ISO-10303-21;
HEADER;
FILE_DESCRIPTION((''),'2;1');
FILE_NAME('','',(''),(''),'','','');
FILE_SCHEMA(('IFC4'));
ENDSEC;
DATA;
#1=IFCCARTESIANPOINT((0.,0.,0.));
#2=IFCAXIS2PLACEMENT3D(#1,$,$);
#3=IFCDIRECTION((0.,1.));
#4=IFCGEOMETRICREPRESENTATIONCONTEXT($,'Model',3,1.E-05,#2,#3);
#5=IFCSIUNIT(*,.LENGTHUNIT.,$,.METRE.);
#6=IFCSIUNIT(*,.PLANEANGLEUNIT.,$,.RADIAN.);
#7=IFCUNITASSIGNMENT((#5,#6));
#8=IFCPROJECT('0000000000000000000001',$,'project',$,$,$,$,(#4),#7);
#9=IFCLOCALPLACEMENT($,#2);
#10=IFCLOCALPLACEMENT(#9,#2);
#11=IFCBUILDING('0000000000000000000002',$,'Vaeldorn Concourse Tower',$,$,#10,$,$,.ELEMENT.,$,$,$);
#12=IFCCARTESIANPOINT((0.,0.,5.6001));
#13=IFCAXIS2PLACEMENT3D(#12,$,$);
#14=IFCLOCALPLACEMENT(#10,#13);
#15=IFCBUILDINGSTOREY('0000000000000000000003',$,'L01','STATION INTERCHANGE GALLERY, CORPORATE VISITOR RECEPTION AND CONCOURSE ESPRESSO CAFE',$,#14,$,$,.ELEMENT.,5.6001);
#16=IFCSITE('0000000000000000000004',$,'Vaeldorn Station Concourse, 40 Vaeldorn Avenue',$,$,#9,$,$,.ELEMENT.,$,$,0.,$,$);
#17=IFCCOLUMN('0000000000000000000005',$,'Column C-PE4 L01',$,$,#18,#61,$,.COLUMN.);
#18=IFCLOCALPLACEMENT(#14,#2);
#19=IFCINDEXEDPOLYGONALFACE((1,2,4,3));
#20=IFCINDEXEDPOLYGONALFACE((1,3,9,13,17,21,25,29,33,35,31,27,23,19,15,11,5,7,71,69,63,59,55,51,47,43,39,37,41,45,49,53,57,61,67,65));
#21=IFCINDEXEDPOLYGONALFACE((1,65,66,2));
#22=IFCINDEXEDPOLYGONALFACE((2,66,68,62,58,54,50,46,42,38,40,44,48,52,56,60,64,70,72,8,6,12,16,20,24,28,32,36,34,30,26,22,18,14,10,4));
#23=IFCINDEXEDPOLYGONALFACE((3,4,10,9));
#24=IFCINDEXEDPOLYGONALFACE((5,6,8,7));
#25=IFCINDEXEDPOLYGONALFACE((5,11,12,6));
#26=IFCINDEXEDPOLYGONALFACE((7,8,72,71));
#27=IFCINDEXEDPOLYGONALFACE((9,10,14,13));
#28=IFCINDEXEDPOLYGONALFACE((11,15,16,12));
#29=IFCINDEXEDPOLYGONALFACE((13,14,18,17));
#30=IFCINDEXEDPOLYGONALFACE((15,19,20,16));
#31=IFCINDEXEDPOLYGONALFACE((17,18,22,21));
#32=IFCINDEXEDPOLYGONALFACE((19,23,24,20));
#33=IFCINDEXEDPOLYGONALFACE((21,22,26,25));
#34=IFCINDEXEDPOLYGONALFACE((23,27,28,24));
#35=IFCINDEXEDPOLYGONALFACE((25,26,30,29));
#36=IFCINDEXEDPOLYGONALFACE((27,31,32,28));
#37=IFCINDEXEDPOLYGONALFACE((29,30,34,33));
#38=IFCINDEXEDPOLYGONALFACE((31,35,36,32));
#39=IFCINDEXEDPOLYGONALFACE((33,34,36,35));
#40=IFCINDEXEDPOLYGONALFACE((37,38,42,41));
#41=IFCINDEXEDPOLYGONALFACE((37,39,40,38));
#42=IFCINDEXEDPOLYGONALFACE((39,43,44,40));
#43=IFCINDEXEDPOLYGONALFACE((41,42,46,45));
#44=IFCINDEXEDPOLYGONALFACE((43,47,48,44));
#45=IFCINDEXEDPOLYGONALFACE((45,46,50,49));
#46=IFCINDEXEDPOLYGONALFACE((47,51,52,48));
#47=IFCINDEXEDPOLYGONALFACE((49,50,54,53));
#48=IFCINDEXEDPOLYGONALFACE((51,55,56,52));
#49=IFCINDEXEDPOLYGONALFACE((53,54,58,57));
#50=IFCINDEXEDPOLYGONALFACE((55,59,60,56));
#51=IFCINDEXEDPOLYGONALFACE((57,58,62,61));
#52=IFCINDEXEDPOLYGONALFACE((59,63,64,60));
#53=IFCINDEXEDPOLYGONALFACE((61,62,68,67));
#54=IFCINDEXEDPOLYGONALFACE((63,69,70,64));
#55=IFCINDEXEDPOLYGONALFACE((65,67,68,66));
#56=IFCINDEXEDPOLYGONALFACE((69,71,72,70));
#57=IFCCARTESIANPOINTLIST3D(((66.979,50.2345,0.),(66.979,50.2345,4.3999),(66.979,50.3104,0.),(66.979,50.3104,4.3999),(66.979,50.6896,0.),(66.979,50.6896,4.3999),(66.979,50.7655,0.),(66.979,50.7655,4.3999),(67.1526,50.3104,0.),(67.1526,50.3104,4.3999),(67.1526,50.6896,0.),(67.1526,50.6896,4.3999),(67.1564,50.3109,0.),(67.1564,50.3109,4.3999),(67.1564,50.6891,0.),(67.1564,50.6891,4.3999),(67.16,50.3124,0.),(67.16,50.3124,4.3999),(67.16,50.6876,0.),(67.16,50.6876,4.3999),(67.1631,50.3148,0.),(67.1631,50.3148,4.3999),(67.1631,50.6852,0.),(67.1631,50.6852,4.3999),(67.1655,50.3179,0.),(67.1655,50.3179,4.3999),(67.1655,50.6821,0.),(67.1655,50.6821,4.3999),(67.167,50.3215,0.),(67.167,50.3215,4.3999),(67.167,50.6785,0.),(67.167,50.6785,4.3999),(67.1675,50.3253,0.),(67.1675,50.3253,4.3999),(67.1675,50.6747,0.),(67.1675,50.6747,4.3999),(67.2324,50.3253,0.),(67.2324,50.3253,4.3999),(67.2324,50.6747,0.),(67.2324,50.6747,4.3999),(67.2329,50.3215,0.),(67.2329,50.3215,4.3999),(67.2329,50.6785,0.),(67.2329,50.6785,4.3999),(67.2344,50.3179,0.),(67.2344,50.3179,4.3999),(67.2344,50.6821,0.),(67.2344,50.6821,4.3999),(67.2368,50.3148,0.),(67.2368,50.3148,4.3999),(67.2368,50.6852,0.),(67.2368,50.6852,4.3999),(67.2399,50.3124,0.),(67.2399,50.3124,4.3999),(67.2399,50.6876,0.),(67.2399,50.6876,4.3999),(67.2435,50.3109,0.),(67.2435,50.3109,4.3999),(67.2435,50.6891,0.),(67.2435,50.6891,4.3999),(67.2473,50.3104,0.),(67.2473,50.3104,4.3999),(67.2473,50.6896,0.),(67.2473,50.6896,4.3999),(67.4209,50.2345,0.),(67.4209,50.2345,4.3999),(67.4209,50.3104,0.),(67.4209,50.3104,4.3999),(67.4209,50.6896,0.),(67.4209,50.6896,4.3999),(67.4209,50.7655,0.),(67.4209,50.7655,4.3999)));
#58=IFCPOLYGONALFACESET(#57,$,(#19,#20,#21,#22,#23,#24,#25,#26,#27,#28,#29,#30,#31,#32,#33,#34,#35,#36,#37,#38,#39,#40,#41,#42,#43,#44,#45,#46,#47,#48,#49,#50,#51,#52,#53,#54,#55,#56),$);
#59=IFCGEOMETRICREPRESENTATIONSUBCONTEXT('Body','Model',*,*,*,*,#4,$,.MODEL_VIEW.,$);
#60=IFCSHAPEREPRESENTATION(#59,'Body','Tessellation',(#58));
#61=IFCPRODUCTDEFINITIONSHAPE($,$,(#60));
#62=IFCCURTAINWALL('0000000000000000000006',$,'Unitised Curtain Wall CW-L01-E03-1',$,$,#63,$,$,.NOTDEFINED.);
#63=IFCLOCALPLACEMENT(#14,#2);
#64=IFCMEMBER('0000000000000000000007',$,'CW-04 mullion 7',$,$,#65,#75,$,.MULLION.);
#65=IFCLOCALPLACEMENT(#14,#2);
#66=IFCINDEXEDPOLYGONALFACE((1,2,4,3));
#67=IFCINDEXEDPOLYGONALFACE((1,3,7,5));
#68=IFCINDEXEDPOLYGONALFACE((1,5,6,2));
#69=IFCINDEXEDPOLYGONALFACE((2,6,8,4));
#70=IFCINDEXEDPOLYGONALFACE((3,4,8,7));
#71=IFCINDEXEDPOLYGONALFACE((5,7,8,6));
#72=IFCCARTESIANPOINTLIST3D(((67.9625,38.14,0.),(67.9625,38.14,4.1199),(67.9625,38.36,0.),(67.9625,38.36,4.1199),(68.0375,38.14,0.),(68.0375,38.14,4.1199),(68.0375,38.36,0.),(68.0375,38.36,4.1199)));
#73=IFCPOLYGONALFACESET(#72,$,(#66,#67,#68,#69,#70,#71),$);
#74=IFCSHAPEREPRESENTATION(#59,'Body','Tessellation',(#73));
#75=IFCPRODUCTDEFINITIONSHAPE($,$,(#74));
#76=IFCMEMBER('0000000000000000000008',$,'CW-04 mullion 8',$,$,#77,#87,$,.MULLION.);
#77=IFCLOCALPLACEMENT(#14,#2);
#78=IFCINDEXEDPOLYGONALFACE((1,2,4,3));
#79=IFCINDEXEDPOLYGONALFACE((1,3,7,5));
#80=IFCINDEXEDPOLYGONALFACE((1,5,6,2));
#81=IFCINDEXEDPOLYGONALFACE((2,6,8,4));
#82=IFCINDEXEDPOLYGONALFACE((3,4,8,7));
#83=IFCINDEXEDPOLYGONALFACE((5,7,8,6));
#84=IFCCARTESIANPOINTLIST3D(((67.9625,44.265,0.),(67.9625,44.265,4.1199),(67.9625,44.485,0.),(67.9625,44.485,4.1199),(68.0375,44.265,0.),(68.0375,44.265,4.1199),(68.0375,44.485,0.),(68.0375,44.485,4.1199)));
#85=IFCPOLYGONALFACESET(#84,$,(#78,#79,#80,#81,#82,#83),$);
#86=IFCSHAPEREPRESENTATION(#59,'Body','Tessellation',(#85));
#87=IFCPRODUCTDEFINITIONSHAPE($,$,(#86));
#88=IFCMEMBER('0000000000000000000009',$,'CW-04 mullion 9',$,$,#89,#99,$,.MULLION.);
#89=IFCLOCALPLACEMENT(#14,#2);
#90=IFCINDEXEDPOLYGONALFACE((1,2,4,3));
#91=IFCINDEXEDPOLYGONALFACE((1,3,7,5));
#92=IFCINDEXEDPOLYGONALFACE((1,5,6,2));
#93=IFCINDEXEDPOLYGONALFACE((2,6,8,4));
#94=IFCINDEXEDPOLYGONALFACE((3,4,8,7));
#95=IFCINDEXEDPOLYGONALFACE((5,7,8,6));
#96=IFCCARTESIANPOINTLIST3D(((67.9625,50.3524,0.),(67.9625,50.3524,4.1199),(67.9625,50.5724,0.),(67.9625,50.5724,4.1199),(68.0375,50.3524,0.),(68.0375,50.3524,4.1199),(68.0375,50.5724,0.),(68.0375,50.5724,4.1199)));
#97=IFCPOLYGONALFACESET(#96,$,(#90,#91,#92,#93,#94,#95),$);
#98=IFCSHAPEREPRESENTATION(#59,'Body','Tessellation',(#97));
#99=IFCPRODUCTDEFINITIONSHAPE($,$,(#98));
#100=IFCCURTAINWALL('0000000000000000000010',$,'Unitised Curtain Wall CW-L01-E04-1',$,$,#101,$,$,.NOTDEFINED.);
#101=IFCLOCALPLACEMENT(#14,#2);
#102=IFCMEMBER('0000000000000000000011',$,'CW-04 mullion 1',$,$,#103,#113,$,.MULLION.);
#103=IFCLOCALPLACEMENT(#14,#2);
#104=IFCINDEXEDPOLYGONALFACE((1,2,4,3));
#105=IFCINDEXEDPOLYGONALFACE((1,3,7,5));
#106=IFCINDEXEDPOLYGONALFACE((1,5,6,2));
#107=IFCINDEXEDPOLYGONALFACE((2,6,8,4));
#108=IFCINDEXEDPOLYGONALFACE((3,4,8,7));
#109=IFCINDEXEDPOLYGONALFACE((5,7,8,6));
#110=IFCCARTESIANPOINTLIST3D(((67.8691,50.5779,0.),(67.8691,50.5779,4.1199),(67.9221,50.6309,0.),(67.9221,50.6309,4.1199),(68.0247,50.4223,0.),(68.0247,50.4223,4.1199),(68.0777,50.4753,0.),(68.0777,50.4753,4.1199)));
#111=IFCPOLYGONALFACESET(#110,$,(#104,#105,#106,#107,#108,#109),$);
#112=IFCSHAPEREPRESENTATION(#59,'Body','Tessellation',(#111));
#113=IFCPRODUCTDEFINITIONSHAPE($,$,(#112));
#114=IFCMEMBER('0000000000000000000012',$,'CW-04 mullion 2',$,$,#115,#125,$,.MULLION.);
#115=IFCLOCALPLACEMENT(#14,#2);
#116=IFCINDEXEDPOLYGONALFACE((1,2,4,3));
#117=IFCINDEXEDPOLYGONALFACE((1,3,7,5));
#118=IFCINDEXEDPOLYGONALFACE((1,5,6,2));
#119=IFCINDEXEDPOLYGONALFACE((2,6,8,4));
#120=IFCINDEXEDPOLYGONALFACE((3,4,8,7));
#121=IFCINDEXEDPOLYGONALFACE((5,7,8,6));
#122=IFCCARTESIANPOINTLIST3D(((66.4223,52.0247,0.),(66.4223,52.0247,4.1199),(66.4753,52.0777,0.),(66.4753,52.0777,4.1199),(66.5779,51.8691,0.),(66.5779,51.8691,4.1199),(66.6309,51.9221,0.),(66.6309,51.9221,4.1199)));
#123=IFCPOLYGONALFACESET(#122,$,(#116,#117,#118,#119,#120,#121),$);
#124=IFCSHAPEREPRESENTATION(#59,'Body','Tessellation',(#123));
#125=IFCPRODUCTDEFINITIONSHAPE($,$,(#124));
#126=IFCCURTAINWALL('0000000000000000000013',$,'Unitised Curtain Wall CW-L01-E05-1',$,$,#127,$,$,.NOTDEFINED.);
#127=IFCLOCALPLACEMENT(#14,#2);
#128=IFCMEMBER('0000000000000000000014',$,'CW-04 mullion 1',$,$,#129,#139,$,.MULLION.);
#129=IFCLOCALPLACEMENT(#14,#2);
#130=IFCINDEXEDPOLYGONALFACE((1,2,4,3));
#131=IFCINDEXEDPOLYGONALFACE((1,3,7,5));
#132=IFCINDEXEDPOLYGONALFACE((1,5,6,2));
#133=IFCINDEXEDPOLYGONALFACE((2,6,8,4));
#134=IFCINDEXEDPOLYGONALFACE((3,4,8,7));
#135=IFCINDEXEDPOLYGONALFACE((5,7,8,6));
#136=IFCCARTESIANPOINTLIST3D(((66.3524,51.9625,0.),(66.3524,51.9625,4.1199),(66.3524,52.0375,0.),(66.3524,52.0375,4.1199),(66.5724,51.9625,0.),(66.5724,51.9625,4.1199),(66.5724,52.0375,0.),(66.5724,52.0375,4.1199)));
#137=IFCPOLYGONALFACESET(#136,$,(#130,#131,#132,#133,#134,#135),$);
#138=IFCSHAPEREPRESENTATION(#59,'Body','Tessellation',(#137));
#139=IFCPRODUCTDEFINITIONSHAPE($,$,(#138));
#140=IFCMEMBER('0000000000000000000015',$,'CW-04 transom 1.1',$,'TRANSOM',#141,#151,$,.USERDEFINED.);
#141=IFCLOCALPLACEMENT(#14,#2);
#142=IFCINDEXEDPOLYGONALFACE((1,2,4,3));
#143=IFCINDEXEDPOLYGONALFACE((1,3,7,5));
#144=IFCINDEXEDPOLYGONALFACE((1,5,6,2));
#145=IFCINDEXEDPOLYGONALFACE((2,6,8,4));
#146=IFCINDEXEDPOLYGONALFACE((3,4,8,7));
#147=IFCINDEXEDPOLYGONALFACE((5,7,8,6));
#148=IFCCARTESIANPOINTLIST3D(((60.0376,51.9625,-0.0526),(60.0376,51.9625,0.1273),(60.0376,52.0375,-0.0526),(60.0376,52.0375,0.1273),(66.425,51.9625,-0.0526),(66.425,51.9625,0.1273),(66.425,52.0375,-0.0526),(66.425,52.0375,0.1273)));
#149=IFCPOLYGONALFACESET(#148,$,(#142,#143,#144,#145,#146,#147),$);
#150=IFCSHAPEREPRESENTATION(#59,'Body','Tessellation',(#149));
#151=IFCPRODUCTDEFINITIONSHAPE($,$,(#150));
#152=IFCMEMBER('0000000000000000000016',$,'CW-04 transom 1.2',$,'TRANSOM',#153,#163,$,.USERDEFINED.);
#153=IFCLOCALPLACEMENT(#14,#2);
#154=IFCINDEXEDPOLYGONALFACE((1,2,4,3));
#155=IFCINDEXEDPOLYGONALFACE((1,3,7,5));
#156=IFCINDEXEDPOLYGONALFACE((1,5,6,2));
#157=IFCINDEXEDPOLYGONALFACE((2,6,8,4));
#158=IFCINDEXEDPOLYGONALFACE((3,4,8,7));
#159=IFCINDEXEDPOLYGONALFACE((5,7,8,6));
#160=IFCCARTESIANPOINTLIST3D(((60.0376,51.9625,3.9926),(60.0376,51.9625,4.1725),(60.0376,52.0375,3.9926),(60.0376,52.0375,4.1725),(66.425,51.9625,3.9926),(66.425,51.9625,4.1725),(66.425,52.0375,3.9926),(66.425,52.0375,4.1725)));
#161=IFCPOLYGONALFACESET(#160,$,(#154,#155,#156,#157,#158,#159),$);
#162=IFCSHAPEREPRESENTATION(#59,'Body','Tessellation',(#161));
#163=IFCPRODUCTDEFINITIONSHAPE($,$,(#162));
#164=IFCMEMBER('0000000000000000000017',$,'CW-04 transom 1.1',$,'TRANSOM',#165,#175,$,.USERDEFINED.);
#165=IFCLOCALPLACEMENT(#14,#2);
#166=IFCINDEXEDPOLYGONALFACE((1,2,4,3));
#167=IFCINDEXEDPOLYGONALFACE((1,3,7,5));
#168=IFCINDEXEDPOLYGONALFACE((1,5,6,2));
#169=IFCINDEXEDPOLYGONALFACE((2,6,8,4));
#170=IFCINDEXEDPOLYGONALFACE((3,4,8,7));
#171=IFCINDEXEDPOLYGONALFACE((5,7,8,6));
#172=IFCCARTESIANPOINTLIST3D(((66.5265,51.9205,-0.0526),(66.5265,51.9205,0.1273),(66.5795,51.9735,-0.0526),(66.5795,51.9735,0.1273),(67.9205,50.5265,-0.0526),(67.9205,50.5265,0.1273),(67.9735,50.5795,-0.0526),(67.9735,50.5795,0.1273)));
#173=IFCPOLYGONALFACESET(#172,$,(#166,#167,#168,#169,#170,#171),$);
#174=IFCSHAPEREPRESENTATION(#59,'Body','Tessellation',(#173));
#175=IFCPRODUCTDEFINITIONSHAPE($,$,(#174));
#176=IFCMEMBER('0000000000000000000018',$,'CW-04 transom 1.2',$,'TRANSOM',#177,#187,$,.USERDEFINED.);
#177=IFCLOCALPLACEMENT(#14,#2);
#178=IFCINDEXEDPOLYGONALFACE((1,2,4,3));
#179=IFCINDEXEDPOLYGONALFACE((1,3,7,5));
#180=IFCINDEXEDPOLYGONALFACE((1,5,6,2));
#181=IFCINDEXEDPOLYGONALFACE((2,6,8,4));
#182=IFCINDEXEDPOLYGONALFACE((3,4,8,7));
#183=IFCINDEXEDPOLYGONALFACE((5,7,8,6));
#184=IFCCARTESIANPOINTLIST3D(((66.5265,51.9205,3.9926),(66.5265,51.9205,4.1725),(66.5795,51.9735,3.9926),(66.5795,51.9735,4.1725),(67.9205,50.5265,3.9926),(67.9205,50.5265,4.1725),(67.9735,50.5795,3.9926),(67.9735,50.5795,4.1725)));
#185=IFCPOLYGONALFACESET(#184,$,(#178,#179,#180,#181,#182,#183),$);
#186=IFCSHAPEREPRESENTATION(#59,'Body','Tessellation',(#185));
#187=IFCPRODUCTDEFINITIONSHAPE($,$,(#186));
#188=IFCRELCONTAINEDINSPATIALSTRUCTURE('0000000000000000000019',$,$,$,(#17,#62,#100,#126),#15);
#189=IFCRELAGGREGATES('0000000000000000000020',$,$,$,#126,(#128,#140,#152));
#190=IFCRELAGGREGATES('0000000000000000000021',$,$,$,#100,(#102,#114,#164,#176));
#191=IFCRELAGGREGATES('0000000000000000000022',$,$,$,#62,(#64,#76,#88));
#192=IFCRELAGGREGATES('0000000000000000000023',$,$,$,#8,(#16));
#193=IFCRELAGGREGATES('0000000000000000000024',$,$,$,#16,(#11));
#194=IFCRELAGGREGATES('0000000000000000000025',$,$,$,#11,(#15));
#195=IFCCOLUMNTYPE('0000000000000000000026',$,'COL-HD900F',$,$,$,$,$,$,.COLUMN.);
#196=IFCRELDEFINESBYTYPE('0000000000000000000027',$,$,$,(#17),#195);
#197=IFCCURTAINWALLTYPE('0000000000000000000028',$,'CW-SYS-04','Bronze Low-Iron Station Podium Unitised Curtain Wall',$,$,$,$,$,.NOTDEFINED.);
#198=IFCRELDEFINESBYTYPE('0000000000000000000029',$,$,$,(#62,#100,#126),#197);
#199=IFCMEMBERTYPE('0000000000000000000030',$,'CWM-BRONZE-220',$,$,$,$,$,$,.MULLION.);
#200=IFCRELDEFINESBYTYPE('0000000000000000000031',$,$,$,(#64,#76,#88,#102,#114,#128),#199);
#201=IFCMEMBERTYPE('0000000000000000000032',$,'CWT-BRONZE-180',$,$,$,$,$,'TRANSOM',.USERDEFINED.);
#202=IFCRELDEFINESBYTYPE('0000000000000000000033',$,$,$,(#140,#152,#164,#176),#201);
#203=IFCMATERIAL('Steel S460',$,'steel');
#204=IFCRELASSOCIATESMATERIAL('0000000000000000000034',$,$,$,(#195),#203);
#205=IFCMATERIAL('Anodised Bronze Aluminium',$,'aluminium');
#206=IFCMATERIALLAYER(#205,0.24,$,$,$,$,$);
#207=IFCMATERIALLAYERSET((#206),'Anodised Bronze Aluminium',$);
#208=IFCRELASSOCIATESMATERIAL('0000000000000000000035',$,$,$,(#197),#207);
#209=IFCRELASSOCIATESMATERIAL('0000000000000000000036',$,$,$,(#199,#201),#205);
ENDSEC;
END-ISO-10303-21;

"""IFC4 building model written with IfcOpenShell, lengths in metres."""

from ifc_helpers import new_model, si_unit, direction, frame, origin, origin_2d, place, context, subcontext, project, spatial, rectangle, i_section, extrude, source, transform, mapped, material, layer, layer_set, material_profile, profile_set, type_object, element, aggregate, save


model = new_model("IFC4")

# Units and contexts
model_context = context("Model", 3, precision=1e-05, world=origin(), true_north=direction((0.0, 1.0)))
body_context = subcontext(model_context, "Body", "Model", "MODEL_VIEW")
ifc_project = project(units=[si_unit("LENGTHUNIT", "METRE"), si_unit("PLANEANGLEUNIT", "RADIAN")], contexts=[model_context])

# Site, building, storey
site_placement = place(None, origin())
site = spatial("IfcSite", under=ifc_project, at=site_placement, Name="Vaeldorn Station Concourse, 40 Vaeldorn Avenue", CompositionType="ELEMENT", RefElevation=0.0)
building_placement = place(site_placement, origin())
building = spatial("IfcBuilding", under=site, at=building_placement, Name="Vaeldorn Concourse Tower", CompositionType="ELEMENT")
storey_placement = place(building_placement, frame((0.0, 0.0, 5.6001)))
storey = spatial("IfcBuildingStorey", under=building, at=storey_placement, Name="L01", Description="STATION INTERCHANGE GALLERY, CORPORATE VISITOR RECEPTION AND CONCOURSE ESPRESSO CAFE", CompositionType="ELEMENT", Elevation=5.6001)

# Column
ifc_material_1 = material(Name="Steel S460", Category="steel")
ifc_material_profile_1 = material_profile(ifc_material_1, i_section(OverallWidth=0.4419, OverallDepth=0.531, WebThickness=0.0649, FlangeThickness=0.0759, FilletRadius=0.0149, at=origin_2d()), Name="HD 400x900")
ifc_profile_set_1 = profile_set([ifc_material_profile_1], Name="Steel S460")
column_type = type_object("IfcColumnType", Name="COL-HD900F", PredefinedType="COLUMN", material=ifc_profile_set_1)
shared_shape_1 = source(origin(), body_context, "Body", "SweptSolid", [
    extrude(i_section(OverallWidth=0.4419, OverallDepth=0.531, WebThickness=0.0649, FlangeThickness=0.0759, FilletRadius=0.0149, at=origin_2d()), origin(), (0.0, 0.0, 1.0), 4.3999),
])
column_placement = place(storey_placement, frame((67.2, 50.5, 0.0), z_axis=(0.0, 0.0, 1.0), x_axis=(1.0, 0.0, 0.0)))
element("IfcColumn", 1, at=column_placement, inside=storey, type_object=column_type, Name="Column C-PE4 L01", PredefinedType="COLUMN", context=body_context, shape_type="MappedRepresentation", body=[
    mapped(shared_shape_1, transform((0.0, 0.0, 0.0), scale=1.0)),
])

# Curtain walls, members
ifc_material_2 = material(Name="Anodised Bronze Aluminium", Category="aluminium")
ifc_layer_1 = layer(ifc_material_2, 0.24)
ifc_layer_set_1 = layer_set([ifc_layer_1], Name="Anodised Bronze Aluminium")
curtain_wall_type = type_object("IfcCurtainWallType", Name="CW-SYS-04", Description="Bronze Low-Iron Station Podium Unitised Curtain Wall", PredefinedType="NOTDEFINED", material=ifc_layer_set_1)
curtain_wall_1_placement = place(storey_placement, origin())
curtain_wall_1 = element("IfcCurtainWall", 2, at=curtain_wall_1_placement, inside=storey, type_object=curtain_wall_type, Name="Unitised Curtain Wall CW-L01-E03-1", PredefinedType="NOTDEFINED")
ifc_material_profile_2 = material_profile(ifc_material_2, rectangle(XDim=0.075, YDim=0.22, at=origin_2d()), Name="CWM 75x220")
ifc_profile_set_2 = profile_set([ifc_material_profile_2], Name="Anodised Bronze Aluminium")
member_type_1 = type_object("IfcMemberType", Name="CWM-BRONZE-220", PredefinedType="MULLION", material=ifc_profile_set_2)
shared_shape_2 = source(origin(), body_context, "Body", "SweptSolid", [
    extrude(rectangle(XDim=0.075, YDim=0.22, at=origin_2d()), origin(), (0.0, 0.0, 1.0), 4.1199),
])
member_1_placement = place(storey_placement, frame((68.0, 38.25, 0.0), z_axis=(0.0, 0.0, 1.0), x_axis=(-1.0, 0.0, 0.0)))
member_1 = element("IfcMember", 3, at=member_1_placement, type_object=member_type_1, Name="CW-04 mullion 7", PredefinedType="MULLION", context=body_context, shape_type="MappedRepresentation", body=[
    mapped(shared_shape_2, transform((0.0, 0.0, 0.0), scale=1.0)),
])
member_2_placement = place(storey_placement, frame((68.0, 44.375, 0.0), z_axis=(0.0, 0.0, 1.0), x_axis=(-1.0, 0.0, 0.0)))
member_2 = element("IfcMember", 4, at=member_2_placement, type_object=member_type_1, Name="CW-04 mullion 8", PredefinedType="MULLION", context=body_context, shape_type="MappedRepresentation", body=[
    mapped(shared_shape_2, transform((0.0, 0.0, 0.0), scale=1.0)),
])
member_3_placement = place(storey_placement, frame((68.0, 50.4624, 0.0), z_axis=(0.0, 0.0, 1.0), x_axis=(-1.0, 0.0, 0.0)))
member_3 = element("IfcMember", 5, at=member_3_placement, type_object=member_type_1, Name="CW-04 mullion 9", PredefinedType="MULLION", context=body_context, shape_type="MappedRepresentation", body=[
    mapped(shared_shape_2, transform((0.0, 0.0, 0.0), scale=1.0)),
])
curtain_wall_2_placement = place(storey_placement, origin())
curtain_wall_2 = element("IfcCurtainWall", 6, at=curtain_wall_2_placement, inside=storey, type_object=curtain_wall_type, Name="Unitised Curtain Wall CW-L01-E04-1", PredefinedType="NOTDEFINED")
member_4_placement = place(storey_placement, frame((67.9734, 50.5266, 0.0), z_axis=(0.0, 0.0, 1.0), x_axis=(-0.707107, -0.707107, 0.0)))
member_4 = element("IfcMember", 7, at=member_4_placement, type_object=member_type_1, Name="CW-04 mullion 1", PredefinedType="MULLION", context=body_context, shape_type="MappedRepresentation", body=[
    mapped(shared_shape_2, transform((0.0, 0.0, 0.0), scale=1.0)),
])
member_5_placement = place(storey_placement, frame((66.5266, 51.9734, 0.0), z_axis=(0.0, 0.0, 1.0), x_axis=(-0.707107, -0.707107, 0.0)))
member_5 = element("IfcMember", 8, at=member_5_placement, type_object=member_type_1, Name="CW-04 mullion 2", PredefinedType="MULLION", context=body_context, shape_type="MappedRepresentation", body=[
    mapped(shared_shape_2, transform((0.0, 0.0, 0.0), scale=1.0)),
])
curtain_wall_3_placement = place(storey_placement, origin())
curtain_wall_3 = element("IfcCurtainWall", 9, at=curtain_wall_3_placement, inside=storey, type_object=curtain_wall_type, Name="Unitised Curtain Wall CW-L01-E05-1", PredefinedType="NOTDEFINED")
member_6_placement = place(storey_placement, frame((66.4624, 52.0, 0.0), z_axis=(0.0, 0.0, 1.0), x_axis=(0.0, -1.0, 0.0)))
member_6 = element("IfcMember", 10, at=member_6_placement, type_object=member_type_1, Name="CW-04 mullion 1", PredefinedType="MULLION", context=body_context, shape_type="MappedRepresentation", body=[
    mapped(shared_shape_2, transform((0.0, 0.0, 0.0), scale=1.0)),
])
ifc_material_profile_3 = material_profile(ifc_material_2, rectangle(XDim=0.075, YDim=0.1799, at=origin_2d()), Name="CWT 75x180")
ifc_profile_set_3 = profile_set([ifc_material_profile_3], Name="Anodised Bronze Aluminium")
member_type_2 = type_object("IfcMemberType", Name="CWT-BRONZE-180", ElementType="TRANSOM", PredefinedType="USERDEFINED", material=ifc_profile_set_3)
shared_shape_3 = source(origin(), body_context, "Body", "SweptSolid", [
    extrude(rectangle(XDim=0.075, YDim=0.1799, at=origin_2d()), origin(), (0.0, 0.0, 1.0), 6.3875),
])
member_7_placement = place(storey_placement, frame((66.425, 52.0, 0.0374), z_axis=(-1.0, 0.0, 0.0), x_axis=(0.0, -1.0, 0.0)))
member_7 = element("IfcMember", 11, at=member_7_placement, type_object=member_type_2, Name="CW-04 transom 1.1", ObjectType="TRANSOM", PredefinedType="USERDEFINED", context=body_context, shape_type="MappedRepresentation", body=[
    mapped(shared_shape_3, transform((0.0, 0.0, 0.0), scale=1.0)),
])
member_8_placement = place(storey_placement, frame((66.425, 52.0, 4.0825), z_axis=(-1.0, 0.0, 0.0), x_axis=(0.0, -1.0, 0.0)))
member_8 = element("IfcMember", 12, at=member_8_placement, type_object=member_type_2, Name="CW-04 transom 1.2", ObjectType="TRANSOM", PredefinedType="USERDEFINED", context=body_context, shape_type="MappedRepresentation", body=[
    mapped(shared_shape_3, transform((0.0, 0.0, 0.0), scale=1.0)),
])

# Members
shared_shape_4 = source(origin(), body_context, "Body", "SweptSolid", [
    extrude(rectangle(XDim=0.075, YDim=0.1799, at=origin_2d()), origin(), (0.0, 0.0, 1.0), 1.9714),
])
member_9_placement = place(storey_placement, frame((67.947, 50.553, 0.0374), z_axis=(-0.707107, 0.707107, 0.0), x_axis=(-0.707107, -0.707107, 0.0)))
member_9 = element("IfcMember", 13, at=member_9_placement, type_object=member_type_2, Name="CW-04 transom 1.1", ObjectType="TRANSOM", PredefinedType="USERDEFINED", context=body_context, shape_type="MappedRepresentation", body=[
    mapped(shared_shape_4, transform((0.0, 0.0, 0.0), scale=1.0)),
])
member_10_placement = place(storey_placement, frame((67.947, 50.553, 4.0825), z_axis=(-0.707107, 0.707107, 0.0), x_axis=(-0.707107, -0.707107, 0.0)))
member_10 = element("IfcMember", 14, at=member_10_placement, type_object=member_type_2, Name="CW-04 transom 1.2", ObjectType="TRANSOM", PredefinedType="USERDEFINED", context=body_context, shape_type="MappedRepresentation", body=[
    mapped(shared_shape_4, transform((0.0, 0.0, 0.0), scale=1.0)),
])

aggregate(curtain_wall_3, [member_6, member_7, member_8])
aggregate(curtain_wall_2, [member_4, member_5, member_9, member_10])
aggregate(curtain_wall_1, [member_1, member_2, member_3])

save(model, "model.ifc")
